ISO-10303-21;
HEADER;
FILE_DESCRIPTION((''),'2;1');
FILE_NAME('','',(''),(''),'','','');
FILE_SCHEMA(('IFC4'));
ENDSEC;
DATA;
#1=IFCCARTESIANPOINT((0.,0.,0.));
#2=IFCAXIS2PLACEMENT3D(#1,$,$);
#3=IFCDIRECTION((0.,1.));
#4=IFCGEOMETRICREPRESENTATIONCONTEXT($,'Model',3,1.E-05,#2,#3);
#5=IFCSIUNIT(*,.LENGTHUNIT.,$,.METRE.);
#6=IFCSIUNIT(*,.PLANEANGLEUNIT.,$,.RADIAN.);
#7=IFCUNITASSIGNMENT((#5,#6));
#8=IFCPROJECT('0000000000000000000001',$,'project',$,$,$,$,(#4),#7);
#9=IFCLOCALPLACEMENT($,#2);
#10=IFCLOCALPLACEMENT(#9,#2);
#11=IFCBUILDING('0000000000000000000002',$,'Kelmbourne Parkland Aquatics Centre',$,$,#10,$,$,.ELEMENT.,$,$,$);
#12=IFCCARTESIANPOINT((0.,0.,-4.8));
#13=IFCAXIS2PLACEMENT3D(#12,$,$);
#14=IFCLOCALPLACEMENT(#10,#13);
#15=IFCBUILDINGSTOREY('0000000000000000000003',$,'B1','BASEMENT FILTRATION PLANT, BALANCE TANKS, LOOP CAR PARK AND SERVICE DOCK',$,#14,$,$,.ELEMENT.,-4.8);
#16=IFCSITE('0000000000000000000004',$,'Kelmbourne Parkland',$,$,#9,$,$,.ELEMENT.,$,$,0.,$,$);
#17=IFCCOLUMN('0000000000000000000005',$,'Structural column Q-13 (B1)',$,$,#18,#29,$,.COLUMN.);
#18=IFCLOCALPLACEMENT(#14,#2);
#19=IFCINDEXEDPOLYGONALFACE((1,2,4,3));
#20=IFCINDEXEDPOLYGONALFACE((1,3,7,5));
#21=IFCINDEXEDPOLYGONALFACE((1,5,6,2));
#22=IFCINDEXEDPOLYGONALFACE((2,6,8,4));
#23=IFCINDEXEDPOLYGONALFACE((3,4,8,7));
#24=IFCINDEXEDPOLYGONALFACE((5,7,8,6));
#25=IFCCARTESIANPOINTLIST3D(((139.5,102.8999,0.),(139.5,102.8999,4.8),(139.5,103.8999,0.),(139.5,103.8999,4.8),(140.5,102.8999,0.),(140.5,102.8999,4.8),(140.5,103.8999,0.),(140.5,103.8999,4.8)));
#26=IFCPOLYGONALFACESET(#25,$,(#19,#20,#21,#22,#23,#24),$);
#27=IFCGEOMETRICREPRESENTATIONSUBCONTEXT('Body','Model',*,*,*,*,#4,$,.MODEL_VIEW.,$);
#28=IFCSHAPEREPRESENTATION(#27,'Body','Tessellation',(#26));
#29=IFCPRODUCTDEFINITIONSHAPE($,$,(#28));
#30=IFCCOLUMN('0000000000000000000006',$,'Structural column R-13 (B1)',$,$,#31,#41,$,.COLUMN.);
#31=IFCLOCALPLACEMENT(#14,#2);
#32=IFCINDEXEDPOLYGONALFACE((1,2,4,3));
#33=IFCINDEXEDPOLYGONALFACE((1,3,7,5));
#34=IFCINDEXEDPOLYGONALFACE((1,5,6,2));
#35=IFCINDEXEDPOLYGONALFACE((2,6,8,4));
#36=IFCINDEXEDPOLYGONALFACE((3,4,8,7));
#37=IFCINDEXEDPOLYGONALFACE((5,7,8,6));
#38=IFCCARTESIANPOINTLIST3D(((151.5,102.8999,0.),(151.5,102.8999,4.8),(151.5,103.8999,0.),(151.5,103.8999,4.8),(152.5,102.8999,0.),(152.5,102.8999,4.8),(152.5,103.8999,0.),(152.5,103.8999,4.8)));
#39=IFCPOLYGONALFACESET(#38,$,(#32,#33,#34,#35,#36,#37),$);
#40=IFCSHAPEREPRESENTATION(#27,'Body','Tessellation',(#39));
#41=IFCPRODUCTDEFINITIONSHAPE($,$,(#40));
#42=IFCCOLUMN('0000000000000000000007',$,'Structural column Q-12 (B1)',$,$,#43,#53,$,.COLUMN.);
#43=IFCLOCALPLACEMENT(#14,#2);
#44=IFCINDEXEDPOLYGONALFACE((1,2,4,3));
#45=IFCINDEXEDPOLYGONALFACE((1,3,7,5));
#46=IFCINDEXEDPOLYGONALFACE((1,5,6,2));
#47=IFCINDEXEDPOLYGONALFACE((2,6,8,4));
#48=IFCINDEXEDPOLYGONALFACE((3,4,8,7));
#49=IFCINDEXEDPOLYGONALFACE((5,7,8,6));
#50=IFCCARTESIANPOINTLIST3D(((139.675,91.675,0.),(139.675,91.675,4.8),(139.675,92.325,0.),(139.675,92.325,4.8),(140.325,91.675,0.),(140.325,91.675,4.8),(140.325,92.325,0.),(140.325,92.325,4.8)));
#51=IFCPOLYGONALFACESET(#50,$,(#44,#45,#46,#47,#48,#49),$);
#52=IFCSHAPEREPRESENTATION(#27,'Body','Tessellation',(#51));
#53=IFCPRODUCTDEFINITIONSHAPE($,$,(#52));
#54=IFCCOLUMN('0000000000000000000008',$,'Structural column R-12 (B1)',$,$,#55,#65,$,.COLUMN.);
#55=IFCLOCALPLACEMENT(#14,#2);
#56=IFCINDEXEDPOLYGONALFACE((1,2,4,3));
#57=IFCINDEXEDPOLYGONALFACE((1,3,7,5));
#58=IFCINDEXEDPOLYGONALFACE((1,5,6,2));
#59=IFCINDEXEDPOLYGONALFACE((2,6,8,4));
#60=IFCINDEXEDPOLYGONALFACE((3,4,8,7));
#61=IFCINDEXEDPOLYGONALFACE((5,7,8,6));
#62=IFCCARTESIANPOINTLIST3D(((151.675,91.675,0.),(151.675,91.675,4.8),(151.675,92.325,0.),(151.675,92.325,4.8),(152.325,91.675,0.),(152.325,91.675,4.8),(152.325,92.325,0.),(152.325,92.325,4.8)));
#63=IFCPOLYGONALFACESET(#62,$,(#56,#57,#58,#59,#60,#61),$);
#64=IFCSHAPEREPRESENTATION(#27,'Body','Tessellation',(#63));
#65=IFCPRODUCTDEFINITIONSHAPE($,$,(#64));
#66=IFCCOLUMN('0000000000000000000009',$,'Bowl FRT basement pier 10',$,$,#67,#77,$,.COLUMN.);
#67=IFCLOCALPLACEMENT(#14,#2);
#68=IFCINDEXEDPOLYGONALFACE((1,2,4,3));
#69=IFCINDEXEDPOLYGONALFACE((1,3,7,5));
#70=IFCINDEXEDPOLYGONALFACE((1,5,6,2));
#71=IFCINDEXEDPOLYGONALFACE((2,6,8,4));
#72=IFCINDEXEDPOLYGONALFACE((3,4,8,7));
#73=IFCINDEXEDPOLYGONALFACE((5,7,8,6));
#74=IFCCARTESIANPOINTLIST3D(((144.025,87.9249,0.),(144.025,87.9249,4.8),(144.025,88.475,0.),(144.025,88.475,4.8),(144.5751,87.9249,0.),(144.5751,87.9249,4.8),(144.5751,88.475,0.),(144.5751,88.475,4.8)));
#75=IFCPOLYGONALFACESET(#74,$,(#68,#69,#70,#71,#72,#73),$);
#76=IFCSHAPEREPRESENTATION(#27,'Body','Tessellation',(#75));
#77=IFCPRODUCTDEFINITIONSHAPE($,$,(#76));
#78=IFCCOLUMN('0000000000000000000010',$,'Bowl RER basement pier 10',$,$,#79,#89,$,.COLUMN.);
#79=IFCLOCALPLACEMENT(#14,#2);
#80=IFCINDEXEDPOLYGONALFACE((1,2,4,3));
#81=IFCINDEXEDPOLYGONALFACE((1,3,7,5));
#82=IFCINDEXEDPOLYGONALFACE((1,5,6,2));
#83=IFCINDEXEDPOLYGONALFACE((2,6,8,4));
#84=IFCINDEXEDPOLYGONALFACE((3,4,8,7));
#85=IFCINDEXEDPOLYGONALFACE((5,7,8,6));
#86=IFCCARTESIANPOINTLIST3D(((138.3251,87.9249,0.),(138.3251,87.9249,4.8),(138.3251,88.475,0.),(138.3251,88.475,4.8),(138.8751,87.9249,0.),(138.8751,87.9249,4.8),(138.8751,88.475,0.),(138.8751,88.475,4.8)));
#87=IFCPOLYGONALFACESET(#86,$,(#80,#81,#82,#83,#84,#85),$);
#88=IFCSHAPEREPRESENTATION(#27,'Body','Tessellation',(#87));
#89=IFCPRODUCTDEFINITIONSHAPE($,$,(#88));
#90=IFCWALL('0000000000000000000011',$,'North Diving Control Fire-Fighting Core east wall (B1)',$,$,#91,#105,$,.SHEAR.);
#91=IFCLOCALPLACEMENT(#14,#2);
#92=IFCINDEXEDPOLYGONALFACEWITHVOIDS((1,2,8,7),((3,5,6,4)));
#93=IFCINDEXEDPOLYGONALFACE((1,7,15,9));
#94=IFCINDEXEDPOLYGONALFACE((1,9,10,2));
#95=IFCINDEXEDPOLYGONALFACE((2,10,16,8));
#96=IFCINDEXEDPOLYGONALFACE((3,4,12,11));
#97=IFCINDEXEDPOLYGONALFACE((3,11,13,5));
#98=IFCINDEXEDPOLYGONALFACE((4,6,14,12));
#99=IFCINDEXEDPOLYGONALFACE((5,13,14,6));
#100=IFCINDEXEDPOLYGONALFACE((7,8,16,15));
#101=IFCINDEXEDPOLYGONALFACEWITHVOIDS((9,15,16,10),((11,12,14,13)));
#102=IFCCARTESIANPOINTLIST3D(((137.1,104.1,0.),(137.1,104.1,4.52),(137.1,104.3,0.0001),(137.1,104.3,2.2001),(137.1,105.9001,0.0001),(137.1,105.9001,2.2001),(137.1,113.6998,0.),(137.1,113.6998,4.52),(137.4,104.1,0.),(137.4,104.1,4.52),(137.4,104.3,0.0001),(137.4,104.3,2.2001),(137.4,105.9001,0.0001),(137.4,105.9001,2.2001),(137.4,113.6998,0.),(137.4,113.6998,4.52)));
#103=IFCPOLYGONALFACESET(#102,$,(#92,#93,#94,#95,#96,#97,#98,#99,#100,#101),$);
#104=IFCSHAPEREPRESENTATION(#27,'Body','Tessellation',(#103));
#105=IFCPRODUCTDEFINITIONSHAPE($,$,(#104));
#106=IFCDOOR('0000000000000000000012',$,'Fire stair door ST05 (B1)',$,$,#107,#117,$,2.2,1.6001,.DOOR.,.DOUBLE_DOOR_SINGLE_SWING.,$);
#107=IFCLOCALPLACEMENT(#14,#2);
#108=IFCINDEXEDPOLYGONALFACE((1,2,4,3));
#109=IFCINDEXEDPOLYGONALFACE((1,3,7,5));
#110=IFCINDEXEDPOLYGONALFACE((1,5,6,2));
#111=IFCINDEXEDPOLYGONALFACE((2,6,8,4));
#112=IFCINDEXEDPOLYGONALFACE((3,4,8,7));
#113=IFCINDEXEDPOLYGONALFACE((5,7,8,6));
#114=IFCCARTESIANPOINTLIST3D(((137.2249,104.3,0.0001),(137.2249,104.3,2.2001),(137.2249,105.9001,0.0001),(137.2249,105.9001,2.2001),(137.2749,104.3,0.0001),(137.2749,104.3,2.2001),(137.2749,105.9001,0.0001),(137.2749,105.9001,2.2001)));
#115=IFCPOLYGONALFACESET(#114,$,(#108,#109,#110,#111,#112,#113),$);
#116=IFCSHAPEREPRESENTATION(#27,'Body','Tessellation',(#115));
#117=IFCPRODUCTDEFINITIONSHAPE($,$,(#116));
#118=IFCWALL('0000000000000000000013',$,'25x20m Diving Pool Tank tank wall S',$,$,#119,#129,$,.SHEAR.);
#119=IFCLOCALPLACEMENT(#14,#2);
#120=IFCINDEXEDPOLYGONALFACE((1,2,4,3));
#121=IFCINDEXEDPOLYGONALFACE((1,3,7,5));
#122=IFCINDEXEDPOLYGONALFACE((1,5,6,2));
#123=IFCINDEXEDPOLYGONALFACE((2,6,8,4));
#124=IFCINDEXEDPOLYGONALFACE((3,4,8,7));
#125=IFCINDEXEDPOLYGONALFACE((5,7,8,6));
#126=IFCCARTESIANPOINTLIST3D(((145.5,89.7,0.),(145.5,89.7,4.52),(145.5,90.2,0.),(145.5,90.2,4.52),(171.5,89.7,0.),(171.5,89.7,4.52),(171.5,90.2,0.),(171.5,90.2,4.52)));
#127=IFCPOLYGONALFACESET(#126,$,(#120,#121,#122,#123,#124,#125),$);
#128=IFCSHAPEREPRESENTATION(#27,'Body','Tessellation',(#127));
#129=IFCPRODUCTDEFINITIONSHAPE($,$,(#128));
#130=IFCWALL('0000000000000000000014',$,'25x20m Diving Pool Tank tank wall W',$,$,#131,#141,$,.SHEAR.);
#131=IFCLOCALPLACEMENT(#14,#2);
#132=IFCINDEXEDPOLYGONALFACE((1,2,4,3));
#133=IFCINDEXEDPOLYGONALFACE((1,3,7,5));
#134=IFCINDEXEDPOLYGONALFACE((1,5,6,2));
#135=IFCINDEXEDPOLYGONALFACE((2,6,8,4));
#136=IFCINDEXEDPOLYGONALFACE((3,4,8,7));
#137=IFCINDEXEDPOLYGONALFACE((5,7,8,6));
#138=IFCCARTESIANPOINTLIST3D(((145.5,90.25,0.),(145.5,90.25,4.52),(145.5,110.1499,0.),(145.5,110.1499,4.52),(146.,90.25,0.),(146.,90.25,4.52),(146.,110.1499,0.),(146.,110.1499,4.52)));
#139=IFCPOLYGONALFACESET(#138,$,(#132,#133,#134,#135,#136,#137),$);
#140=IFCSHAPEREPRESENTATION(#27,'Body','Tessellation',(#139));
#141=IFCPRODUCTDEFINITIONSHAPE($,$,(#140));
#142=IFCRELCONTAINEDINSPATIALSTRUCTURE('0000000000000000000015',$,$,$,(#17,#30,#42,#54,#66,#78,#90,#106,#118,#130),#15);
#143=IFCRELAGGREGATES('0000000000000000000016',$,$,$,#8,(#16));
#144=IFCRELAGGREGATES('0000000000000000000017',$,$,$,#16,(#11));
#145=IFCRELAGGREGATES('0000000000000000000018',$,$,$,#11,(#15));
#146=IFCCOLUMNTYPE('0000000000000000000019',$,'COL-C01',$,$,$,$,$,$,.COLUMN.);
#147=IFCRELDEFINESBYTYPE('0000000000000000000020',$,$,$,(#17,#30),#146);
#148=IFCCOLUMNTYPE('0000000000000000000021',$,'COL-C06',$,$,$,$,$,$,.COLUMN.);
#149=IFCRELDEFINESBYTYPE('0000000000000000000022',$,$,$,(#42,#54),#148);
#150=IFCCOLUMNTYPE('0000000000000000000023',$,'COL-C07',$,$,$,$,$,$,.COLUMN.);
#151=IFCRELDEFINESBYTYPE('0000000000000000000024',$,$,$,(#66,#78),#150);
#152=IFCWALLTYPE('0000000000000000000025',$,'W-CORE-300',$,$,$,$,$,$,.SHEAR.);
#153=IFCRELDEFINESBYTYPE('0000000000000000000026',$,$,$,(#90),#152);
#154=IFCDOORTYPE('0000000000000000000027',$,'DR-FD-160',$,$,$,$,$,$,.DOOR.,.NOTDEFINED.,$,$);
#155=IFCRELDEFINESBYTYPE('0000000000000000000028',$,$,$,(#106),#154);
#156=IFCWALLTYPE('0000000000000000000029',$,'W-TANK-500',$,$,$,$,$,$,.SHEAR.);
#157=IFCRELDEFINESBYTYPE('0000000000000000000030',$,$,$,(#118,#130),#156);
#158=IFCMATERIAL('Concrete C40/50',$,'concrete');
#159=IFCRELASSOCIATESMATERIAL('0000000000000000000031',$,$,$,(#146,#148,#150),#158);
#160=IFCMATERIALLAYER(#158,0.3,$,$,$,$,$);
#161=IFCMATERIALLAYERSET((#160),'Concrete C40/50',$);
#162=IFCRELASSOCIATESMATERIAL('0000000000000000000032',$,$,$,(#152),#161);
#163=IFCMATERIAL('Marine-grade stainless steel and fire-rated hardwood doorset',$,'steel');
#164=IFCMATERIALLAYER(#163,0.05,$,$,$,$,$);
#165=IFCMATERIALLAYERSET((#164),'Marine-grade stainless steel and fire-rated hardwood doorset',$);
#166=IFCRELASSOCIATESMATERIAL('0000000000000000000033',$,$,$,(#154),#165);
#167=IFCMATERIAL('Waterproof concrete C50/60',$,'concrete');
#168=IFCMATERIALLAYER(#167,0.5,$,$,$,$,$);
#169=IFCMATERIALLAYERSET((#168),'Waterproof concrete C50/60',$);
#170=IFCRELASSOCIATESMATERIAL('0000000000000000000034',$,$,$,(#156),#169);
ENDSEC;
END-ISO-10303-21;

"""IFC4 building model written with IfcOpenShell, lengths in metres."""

from ifc_helpers import new_model, si_unit, direction, frame, frame_2d, origin, origin_2d, place, context, subcontext, project, spatial, rectangle, extrude, material, layer, layer_set, material_profile, profile_set, type_object, element, fill, save


model = new_model("IFC4")

# Units and contexts
model_context = context("Model", 3, precision=1e-05, world=origin(), true_north=direction((0.0, 1.0)))
body_context = subcontext(model_context, "Body", "Model", "MODEL_VIEW")
ifc_project = project(units=[si_unit("LENGTHUNIT", "METRE"), si_unit("PLANEANGLEUNIT", "RADIAN")], contexts=[model_context])

# Site, building, storey
site_placement = place(None, origin())
site = spatial("IfcSite", under=ifc_project, at=site_placement, Name="Kelmbourne Parkland", CompositionType="ELEMENT", RefElevation=0.0)
building_placement = place(site_placement, origin())
building = spatial("IfcBuilding", under=site, at=building_placement, Name="Kelmbourne Parkland Aquatics Centre", CompositionType="ELEMENT")
storey_placement = place(building_placement, frame((0.0, 0.0, -4.8)))
storey = spatial("IfcBuildingStorey", under=building, at=storey_placement, Name="B1", Description="BASEMENT FILTRATION PLANT, BALANCE TANKS, LOOP CAR PARK AND SERVICE DOCK", CompositionType="ELEMENT", Elevation=-4.8)

# Shared definitions
ifc_material_1 = material(Name="Waterproof concrete C50/60", Category="concrete")

# Columns
ifc_material_2 = material(Name="Concrete C40/50", Category="concrete")
ifc_material_profile_1 = material_profile(ifc_material_2, rectangle(XDim=1.0, YDim=1.0, at=origin_2d()), Name="RC 1000x1000")
ifc_profile_set_1 = profile_set([ifc_material_profile_1], Name="Concrete C40/50")
column_type_1 = type_object("IfcColumnType", Name="COL-C01", PredefinedType="COLUMN", material=ifc_profile_set_1)
for number, where, z_axis, x_axis, name in (
    (1, (140.0, 103.3999, 0.0), (0.0, 0.0, 1.0), (1.0, 0.0, 0.0), "Structural column Q-13 (B1)"),
    (2, (152.0, 103.3999, 0.0), (0.0, 0.0, 1.0), (1.0, 0.0, 0.0), "Structural column R-13 (B1)"),
):
    element("IfcColumn", number, at=place(storey_placement, frame(where, z_axis=z_axis, x_axis=x_axis)), inside=storey, type_object=column_type_1, Name=name, PredefinedType="COLUMN", context=body_context, shape_type="SweptSolid", body=[
        extrude(rectangle(XDim=1.0, YDim=1.0, at=origin_2d()), origin(), (0.0, 0.0, 1.0), 4.8),
    ])
ifc_material_profile_2 = material_profile(ifc_material_2, rectangle(XDim=0.6499, YDim=0.6499, at=origin_2d()), Name="RC 650x650")
ifc_profile_set_2 = profile_set([ifc_material_profile_2], Name="Concrete C40/50")
column_type_2 = type_object("IfcColumnType", Name="COL-C06", PredefinedType="COLUMN", material=ifc_profile_set_2)
for number, where, z_axis, x_axis, name in (
    (3, (140.0, 92.0, 0.0), (0.0, 0.0, 1.0), (1.0, 0.0, 0.0), "Structural column Q-12 (B1)"),
    (4, (152.0, 92.0, 0.0), (0.0, 0.0, 1.0), (1.0, 0.0, 0.0), "Structural column R-12 (B1)"),
):
    element("IfcColumn", number, at=place(storey_placement, frame(where, z_axis=z_axis, x_axis=x_axis)), inside=storey, type_object=column_type_2, Name=name, PredefinedType="COLUMN", context=body_context, shape_type="SweptSolid", body=[
        extrude(rectangle(XDim=0.6499, YDim=0.6499, at=origin_2d()), origin(), (0.0, 0.0, 1.0), 4.8),
    ])
ifc_material_profile_3 = material_profile(ifc_material_2, rectangle(XDim=0.55, YDim=0.55, at=origin_2d()), Name="RC 550x550")
ifc_profile_set_3 = profile_set([ifc_material_profile_3], Name="Concrete C40/50")
column_type_3 = type_object("IfcColumnType", Name="COL-C07", PredefinedType="COLUMN", material=ifc_profile_set_3)
for number, where, z_axis, x_axis, name in (
    (5, (144.3, 88.2, 0.0), (0.0, 0.0, 1.0), (1.0, 0.0, 0.0), "Bowl FRT basement pier 10"),
    (6, (138.6001, 88.2, 0.0), (0.0, 0.0, 1.0), (1.0, 0.0, 0.0), "Bowl RER basement pier 10"),
):
    element("IfcColumn", number, at=place(storey_placement, frame(where, z_axis=z_axis, x_axis=x_axis)), inside=storey, type_object=column_type_3, Name=name, PredefinedType="COLUMN", context=body_context, shape_type="SweptSolid", body=[
        extrude(rectangle(XDim=0.55, YDim=0.55, at=origin_2d()), origin(), (0.0, 0.0, 1.0), 4.8),
    ])

# Wall, opening, door
ifc_layer_1 = layer(ifc_material_2, 0.3)
ifc_layer_set_1 = layer_set([ifc_layer_1], Name="Concrete C40/50")
wall_type_1 = type_object("IfcWallType", Name="W-CORE-300", PredefinedType="SHEAR", material=ifc_layer_set_1)
wall_1_placement = place(storey_placement, frame((137.25, 104.1001, 0.0), z_axis=(0.0, 0.0, 1.0), x_axis=(0.0, 1.0, 0.0)))
wall_1 = element("IfcWall", 7, at=wall_1_placement, inside=storey, type_object=wall_type_1, Name="North Diving Control Fire-Fighting Core east wall (B1)", PredefinedType="SHEAR", context=body_context, shape_type="SweptSolid", body=[
    extrude(rectangle(XDim=9.5999, YDim=0.3, at=frame_2d((4.7998, 0.0))), origin(), (0.0, 0.0, 1.0), 4.52),
])
opening_placement = place(wall_1_placement, frame((0.2, 0.0, 0.0)))
opening = element("IfcOpeningElement", 8, at=opening_placement, cuts=wall_1, PredefinedType="OPENING", context=body_context, shape_type="SweptSolid", body=[
    extrude(rectangle(XDim=1.6001, YDim=2.2, at=frame_2d((0.8, 1.1001))), frame((0.0, 0.1621, 0.0), z_axis=(0.0, -1.0, 0.0), x_axis=(1.0, 0.0, 0.0)), (0.0, 0.0, 1.0), 0.324),
])
ifc_material_3 = material(Name="Marine-grade stainless steel and fire-rated hardwood doorset", Category="steel")
ifc_layer_2 = layer(ifc_material_3, 0.05)
ifc_layer_set_2 = layer_set([ifc_layer_2], Name="Marine-grade stainless steel and fire-rated hardwood doorset")
door_type = type_object("IfcDoorType", Name="DR-FD-160", OperationType="NOTDEFINED", PredefinedType="DOOR", material=ifc_layer_set_2)
door_placement = place(opening_placement, frame((1.6001, 0.0, 0.0), z_axis=(0.0, 0.0, 1.0), x_axis=(-1.0, 0.0, 0.0)))
door = element("IfcDoor", 9, at=door_placement, inside=storey, type_object=door_type, Name="Fire stair door ST05 (B1)", OperationType="DOUBLE_DOOR_SINGLE_SWING", OverallHeight=2.2, OverallWidth=1.6001, PredefinedType="DOOR", context=body_context, shape_type="SweptSolid", body=[
    extrude(rectangle(XDim=1.6001, YDim=2.2, at=frame_2d((0.8, 1.1001))), frame((0.0, 0.0249, 0.0), z_axis=(0.0, -1.0, 0.0), x_axis=(1.0, 0.0, 0.0)), (0.0, 0.0, 1.0), 0.05),
])
fill(opening, door)

# Walls
ifc_layer_3 = layer(ifc_material_1, 0.5)
ifc_layer_set_3 = layer_set([ifc_layer_3], Name="Waterproof concrete C50/60")
wall_type_2 = type_object("IfcWallType", Name="W-TANK-500", PredefinedType="SHEAR", material=ifc_layer_set_3)
wall_2_placement = place(storey_placement, frame((145.5, 89.95, 0.0), z_axis=(0.0, 0.0, 1.0), x_axis=(1.0, 0.0, 0.0)))
element("IfcWall", 10, at=wall_2_placement, inside=storey, type_object=wall_type_2, Name="25x20m Diving Pool Tank tank wall S", PredefinedType="SHEAR", context=body_context, shape_type="SweptSolid", body=[
    extrude(rectangle(XDim=26.0, YDim=0.5, at=frame_2d((13.0, 0.0))), origin(), (0.0, 0.0, 1.0), 4.52),
])
wall_3_placement = place(storey_placement, frame((145.75, 90.25, 0.0), z_axis=(0.0, 0.0, 1.0), x_axis=(0.0, 1.0, 0.0)))
element("IfcWall", 11, at=wall_3_placement, inside=storey, type_object=wall_type_2, Name="25x20m Diving Pool Tank tank wall W", PredefinedType="SHEAR", context=body_context, shape_type="SweptSolid", body=[
    extrude(rectangle(XDim=19.8999, YDim=0.5, at=frame_2d((9.95, 0.0))), origin(), (0.0, 0.0, 1.0), 4.52),
])

save(model, "model.ifc")
